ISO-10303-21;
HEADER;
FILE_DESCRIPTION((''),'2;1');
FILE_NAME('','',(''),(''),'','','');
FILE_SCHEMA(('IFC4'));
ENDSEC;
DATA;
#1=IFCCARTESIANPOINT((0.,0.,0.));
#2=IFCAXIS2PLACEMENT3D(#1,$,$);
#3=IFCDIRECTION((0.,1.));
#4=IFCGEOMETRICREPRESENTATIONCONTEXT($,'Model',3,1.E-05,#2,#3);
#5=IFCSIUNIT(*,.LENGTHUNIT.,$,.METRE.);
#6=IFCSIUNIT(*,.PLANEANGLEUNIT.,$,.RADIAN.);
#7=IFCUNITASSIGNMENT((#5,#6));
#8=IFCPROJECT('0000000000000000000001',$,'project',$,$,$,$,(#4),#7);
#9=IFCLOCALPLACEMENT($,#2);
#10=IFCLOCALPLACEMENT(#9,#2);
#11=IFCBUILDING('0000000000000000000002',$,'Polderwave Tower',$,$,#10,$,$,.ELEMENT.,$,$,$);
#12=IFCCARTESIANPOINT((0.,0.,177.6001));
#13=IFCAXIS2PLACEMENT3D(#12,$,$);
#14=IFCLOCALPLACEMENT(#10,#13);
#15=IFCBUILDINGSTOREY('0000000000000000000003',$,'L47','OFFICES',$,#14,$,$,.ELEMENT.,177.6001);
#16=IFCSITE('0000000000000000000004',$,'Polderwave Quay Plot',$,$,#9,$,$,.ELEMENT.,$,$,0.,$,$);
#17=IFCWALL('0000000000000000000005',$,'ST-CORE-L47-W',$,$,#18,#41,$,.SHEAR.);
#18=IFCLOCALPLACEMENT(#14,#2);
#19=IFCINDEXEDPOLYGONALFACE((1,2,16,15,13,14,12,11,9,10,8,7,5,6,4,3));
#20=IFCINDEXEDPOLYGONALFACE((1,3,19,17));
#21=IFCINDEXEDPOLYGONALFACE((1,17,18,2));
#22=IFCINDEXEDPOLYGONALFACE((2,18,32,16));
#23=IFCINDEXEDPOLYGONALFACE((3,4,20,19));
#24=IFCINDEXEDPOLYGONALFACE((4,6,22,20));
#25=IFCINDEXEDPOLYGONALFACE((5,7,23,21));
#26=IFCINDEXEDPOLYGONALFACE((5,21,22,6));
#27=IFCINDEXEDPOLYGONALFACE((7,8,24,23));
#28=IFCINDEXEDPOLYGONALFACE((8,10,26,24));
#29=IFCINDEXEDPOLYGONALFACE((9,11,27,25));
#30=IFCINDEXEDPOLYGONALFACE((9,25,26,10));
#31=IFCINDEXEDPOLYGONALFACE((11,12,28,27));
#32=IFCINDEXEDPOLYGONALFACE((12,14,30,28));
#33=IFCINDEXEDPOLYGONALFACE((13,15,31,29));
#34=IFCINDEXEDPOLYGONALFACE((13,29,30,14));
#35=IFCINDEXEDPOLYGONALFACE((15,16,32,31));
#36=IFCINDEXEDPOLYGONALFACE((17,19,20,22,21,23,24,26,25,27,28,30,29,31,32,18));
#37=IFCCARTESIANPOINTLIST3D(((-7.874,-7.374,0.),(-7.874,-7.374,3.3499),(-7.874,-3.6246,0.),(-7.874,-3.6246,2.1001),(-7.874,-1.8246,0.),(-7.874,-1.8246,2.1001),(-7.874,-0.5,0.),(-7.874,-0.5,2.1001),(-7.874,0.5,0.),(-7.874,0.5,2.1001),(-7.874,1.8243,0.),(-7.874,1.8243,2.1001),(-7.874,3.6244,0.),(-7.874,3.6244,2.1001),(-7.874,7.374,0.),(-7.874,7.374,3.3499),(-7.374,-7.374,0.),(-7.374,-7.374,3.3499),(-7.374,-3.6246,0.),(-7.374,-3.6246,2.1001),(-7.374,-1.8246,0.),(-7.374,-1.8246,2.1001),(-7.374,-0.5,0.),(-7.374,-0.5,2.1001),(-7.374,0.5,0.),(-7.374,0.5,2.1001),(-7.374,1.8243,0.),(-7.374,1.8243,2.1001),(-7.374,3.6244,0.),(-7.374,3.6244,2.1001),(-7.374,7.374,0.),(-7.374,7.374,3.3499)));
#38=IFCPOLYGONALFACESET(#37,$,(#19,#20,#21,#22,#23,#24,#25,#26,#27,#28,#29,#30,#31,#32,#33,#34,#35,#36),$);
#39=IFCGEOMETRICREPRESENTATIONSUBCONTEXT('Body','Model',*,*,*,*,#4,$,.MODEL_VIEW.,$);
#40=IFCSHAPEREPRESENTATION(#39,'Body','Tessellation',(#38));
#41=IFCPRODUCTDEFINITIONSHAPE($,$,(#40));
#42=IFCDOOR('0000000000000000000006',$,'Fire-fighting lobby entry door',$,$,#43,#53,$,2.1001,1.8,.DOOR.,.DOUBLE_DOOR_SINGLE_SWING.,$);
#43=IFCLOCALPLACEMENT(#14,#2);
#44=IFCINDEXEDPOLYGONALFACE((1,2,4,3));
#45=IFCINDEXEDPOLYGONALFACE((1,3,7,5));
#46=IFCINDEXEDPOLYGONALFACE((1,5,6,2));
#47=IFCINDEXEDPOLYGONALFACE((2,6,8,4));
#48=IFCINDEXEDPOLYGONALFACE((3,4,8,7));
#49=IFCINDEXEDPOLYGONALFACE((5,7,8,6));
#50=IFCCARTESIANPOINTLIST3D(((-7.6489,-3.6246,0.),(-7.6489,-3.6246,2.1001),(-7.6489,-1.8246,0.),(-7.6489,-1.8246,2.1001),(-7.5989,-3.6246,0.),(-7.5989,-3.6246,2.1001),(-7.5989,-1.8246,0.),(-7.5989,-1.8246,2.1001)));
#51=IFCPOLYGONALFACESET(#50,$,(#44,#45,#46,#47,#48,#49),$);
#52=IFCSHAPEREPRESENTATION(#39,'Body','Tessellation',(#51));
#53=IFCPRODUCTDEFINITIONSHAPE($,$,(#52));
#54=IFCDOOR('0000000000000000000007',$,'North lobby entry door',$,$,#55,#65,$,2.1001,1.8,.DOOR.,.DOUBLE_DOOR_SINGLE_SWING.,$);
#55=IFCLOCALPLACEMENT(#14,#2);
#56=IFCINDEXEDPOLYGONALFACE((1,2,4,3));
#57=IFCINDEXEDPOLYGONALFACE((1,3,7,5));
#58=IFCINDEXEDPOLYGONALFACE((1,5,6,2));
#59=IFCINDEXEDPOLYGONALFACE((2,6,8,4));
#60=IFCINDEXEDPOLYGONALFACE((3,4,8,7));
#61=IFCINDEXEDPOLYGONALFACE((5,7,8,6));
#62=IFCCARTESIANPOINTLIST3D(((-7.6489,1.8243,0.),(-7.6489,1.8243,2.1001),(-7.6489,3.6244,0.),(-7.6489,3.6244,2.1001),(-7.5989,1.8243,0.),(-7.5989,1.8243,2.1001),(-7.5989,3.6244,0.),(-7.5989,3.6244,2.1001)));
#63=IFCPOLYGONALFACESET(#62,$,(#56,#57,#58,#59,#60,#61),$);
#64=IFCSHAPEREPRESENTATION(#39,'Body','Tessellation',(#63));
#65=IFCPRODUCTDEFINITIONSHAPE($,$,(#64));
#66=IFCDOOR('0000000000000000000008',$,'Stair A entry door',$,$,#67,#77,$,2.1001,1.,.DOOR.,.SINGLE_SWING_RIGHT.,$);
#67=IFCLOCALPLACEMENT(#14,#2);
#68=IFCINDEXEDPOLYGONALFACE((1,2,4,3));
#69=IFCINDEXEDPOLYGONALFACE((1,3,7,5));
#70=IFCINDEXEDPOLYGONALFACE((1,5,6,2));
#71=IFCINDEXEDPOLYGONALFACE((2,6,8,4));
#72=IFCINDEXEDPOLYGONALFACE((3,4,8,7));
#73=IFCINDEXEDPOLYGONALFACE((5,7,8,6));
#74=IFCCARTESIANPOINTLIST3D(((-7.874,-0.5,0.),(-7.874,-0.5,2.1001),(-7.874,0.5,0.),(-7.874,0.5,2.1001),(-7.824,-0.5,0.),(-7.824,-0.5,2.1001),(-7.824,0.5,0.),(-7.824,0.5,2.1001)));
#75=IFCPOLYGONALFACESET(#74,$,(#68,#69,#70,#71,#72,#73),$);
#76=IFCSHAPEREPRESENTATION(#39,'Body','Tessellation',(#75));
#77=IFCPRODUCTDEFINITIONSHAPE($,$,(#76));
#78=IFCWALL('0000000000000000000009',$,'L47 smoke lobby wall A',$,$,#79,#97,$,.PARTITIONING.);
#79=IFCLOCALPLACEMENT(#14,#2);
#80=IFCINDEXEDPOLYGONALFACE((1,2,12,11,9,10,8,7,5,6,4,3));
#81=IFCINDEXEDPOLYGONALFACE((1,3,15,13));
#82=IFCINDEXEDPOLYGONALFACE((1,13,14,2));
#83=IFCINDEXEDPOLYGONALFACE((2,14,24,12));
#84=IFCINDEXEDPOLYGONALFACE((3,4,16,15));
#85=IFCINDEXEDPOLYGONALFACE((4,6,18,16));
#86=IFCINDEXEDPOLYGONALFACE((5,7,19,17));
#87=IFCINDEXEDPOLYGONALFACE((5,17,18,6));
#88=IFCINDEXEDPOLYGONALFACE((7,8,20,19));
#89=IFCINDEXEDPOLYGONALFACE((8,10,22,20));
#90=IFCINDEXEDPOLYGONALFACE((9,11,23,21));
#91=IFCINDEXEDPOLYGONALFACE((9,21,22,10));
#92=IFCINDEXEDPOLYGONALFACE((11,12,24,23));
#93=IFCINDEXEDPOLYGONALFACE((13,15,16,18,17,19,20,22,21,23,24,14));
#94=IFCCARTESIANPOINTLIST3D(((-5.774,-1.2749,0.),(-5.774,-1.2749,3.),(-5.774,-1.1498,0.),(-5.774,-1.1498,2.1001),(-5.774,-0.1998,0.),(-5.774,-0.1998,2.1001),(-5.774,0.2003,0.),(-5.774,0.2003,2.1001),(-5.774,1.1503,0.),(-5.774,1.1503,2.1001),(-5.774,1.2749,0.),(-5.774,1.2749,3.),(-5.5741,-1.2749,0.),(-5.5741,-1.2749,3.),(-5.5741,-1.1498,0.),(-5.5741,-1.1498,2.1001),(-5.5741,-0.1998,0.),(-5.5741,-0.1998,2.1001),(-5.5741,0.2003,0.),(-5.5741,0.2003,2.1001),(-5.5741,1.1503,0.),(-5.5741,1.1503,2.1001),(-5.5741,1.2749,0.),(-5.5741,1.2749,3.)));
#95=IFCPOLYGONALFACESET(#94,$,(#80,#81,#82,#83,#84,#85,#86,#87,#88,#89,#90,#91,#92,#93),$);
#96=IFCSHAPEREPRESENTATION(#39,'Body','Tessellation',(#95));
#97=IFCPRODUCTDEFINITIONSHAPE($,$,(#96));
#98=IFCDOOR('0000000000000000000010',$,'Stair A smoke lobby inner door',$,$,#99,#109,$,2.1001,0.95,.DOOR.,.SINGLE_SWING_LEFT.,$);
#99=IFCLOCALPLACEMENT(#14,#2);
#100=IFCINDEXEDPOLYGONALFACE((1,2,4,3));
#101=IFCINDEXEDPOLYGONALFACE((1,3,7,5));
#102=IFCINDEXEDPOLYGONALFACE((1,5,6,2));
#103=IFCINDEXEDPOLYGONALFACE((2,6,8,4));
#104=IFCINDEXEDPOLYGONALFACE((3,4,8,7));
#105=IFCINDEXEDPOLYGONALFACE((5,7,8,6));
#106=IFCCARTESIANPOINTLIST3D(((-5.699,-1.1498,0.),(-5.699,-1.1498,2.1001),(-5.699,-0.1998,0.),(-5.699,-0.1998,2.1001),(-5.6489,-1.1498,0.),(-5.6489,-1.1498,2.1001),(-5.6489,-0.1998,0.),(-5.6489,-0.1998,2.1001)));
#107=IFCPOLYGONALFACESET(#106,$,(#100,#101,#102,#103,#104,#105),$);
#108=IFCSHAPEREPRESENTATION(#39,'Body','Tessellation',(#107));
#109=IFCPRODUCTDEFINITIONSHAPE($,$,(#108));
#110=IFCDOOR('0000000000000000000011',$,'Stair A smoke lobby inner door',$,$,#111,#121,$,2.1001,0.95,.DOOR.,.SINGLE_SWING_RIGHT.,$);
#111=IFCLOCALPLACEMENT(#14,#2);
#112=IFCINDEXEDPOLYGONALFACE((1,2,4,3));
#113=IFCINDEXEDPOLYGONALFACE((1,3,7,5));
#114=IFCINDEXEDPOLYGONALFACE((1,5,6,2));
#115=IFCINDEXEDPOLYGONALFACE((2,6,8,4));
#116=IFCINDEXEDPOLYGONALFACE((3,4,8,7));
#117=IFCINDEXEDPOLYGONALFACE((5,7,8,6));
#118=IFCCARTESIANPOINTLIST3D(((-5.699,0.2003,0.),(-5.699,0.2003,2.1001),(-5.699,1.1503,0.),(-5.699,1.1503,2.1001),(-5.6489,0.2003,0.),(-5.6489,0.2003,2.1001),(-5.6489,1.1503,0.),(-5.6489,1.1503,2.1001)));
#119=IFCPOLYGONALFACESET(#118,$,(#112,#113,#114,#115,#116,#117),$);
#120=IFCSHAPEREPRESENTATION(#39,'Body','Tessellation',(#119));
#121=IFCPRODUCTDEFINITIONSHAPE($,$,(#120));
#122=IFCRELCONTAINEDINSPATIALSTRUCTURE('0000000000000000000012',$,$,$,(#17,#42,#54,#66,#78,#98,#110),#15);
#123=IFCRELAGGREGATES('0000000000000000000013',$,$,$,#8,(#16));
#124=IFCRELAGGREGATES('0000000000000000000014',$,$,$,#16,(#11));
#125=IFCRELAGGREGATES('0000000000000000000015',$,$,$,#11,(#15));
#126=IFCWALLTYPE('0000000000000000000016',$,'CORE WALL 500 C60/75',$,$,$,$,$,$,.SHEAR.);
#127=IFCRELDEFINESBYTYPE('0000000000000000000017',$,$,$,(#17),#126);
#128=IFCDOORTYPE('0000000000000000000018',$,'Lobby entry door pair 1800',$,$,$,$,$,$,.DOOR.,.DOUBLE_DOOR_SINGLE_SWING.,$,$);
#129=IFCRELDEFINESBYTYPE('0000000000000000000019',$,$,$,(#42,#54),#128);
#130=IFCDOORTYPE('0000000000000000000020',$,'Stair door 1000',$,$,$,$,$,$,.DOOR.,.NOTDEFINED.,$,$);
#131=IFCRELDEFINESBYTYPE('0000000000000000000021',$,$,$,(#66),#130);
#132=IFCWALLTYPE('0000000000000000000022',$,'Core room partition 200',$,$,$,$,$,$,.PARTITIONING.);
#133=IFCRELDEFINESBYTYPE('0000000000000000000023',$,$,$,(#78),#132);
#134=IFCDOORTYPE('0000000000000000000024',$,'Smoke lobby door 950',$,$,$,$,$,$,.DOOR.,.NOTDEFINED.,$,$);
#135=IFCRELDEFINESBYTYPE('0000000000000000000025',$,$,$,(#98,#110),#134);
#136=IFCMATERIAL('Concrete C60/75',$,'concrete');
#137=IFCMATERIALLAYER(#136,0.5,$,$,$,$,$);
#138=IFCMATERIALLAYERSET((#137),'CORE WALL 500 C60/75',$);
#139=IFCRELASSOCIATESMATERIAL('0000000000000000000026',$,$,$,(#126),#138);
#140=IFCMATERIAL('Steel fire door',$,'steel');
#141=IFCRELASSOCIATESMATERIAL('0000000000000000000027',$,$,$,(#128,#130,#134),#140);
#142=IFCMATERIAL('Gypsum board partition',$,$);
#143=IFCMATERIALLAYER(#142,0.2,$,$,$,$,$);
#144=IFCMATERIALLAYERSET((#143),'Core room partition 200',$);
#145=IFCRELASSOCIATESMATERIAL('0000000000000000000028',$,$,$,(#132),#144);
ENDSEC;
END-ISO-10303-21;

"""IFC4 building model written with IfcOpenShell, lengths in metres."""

from ifc_helpers import new_model, si_unit, direction, frame, frame_2d, origin, place, context, subcontext, project, spatial, rectangle, extrude, material, layer, layer_set, type_object, element, fill, save


model = new_model("IFC4")

# Units and contexts
model_context = context("Model", 3, precision=1e-05, world=origin(), true_north=direction((0.0, 1.0)))
body_context = subcontext(model_context, "Body", "Model", "MODEL_VIEW")
ifc_project = project(units=[si_unit("LENGTHUNIT", "METRE"), si_unit("PLANEANGLEUNIT", "RADIAN")], contexts=[model_context])

# Site, building, storey
site_placement = place(None, origin())
site = spatial("IfcSite", under=ifc_project, at=site_placement, Name="Polderwave Quay Plot", CompositionType="ELEMENT", RefElevation=0.0)
building_placement = place(site_placement, origin())
building = spatial("IfcBuilding", under=site, at=building_placement, Name="Polderwave Tower", CompositionType="ELEMENT")
storey_placement = place(building_placement, frame((0.0, 0.0, 177.6001)))
storey = spatial("IfcBuildingStorey", under=building, at=storey_placement, Name="L47", Description="OFFICES", CompositionType="ELEMENT", Elevation=177.6001)

# Walls, openings, doors
ifc_material_1 = material(Name="Concrete C60/75", Category="concrete")
ifc_layer_1 = layer(ifc_material_1, 0.5)
ifc_layer_set_1 = layer_set([ifc_layer_1], Name="CORE WALL 500 C60/75")
wall_type_1 = type_object("IfcWallType", Name="CORE WALL 500 C60/75", PredefinedType="SHEAR", material=ifc_layer_set_1)
wall_1_placement = place(storey_placement, frame((-7.624, -7.374, 0.0), z_axis=(0.0, 0.0, 1.0), x_axis=(0.0, 1.0, 0.0)))
wall_1 = element("IfcWall", 1, at=wall_1_placement, inside=storey, type_object=wall_type_1, Name="ST-CORE-L47-W", PredefinedType="SHEAR", context=body_context, shape_type="SweptSolid", body=[
    extrude(rectangle(XDim=14.748, YDim=0.5, at=frame_2d((7.374, 0.0))), origin(), (0.0, 0.0, 1.0), 3.3499),
])
opening_1_placement = place(wall_1_placement, frame((6.874, 0.0, 0.0)))
opening_1 = element("IfcOpeningElement", 2, at=opening_1_placement, cuts=wall_1, PredefinedType="OPENING", context=body_context, shape_type="SweptSolid", body=[
    extrude(rectangle(XDim=1.0, YDim=2.1001, at=frame_2d((0.5, 1.05))), frame((0.0, 0.26, 0.0), z_axis=(0.0, -1.0, 0.0), x_axis=(1.0, 0.0, 0.0)), (0.0, 0.0, 1.0), 0.52),
])
opening_2_placement = place(wall_1_placement, frame((3.7495, 0.0, 0.0)))
opening_2 = element("IfcOpeningElement", 3, at=opening_2_placement, cuts=wall_1, PredefinedType="OPENING", context=body_context, shape_type="SweptSolid", body=[
    extrude(rectangle(XDim=1.8, YDim=2.1001, at=frame_2d((0.8999, 1.05))), frame((0.0, 0.26, 0.0), z_axis=(0.0, -1.0, 0.0), x_axis=(1.0, 0.0, 0.0)), (0.0, 0.0, 1.0), 0.52),
])
opening_3_placement = place(wall_1_placement, frame((9.1985, 0.0, 0.0)))
opening_3 = element("IfcOpeningElement", 4, at=opening_3_placement, cuts=wall_1, PredefinedType="OPENING", context=body_context, shape_type="SweptSolid", body=[
    extrude(rectangle(XDim=1.8, YDim=2.1001, at=frame_2d((0.8999, 1.05))), frame((0.0, 0.26, 0.0), z_axis=(0.0, -1.0, 0.0), x_axis=(1.0, 0.0, 0.0)), (0.0, 0.0, 1.0), 0.52),
])
ifc_material_2 = material(Name="Steel fire door", Category="steel")
door_type_1 = type_object("IfcDoorType", Name="Lobby entry door pair 1800", OperationType="DOUBLE_DOOR_SINGLE_SWING", PredefinedType="DOOR", material=ifc_material_2)
door_1_placement = place(opening_2_placement, origin())
door_1 = element("IfcDoor", 5, at=door_1_placement, inside=storey, type_object=door_type_1, Name="Fire-fighting lobby entry door", OperationType="DOUBLE_DOOR_SINGLE_SWING", OverallHeight=2.1001, OverallWidth=1.8, PredefinedType="DOOR", context=body_context, shape_type="SweptSolid", body=[
    extrude(rectangle(XDim=1.8, YDim=2.1001, at=frame_2d((0.8999, 1.05))), frame((0.0, 0.0249, 0.0), z_axis=(0.0, -1.0, 0.0), x_axis=(1.0, 0.0, 0.0)), (0.0, 0.0, 1.0), 0.05),
])
fill(opening_2, door_1)
door_2_placement = place(opening_3_placement, origin())
door_2 = element("IfcDoor", 6, at=door_2_placement, inside=storey, type_object=door_type_1, Name="North lobby entry door", OperationType="DOUBLE_DOOR_SINGLE_SWING", OverallHeight=2.1001, OverallWidth=1.8, PredefinedType="DOOR", context=body_context, shape_type="SweptSolid", body=[
    extrude(rectangle(XDim=1.8, YDim=2.1001, at=frame_2d((0.8999, 1.05))), frame((0.0, 0.0249, 0.0), z_axis=(0.0, -1.0, 0.0), x_axis=(1.0, 0.0, 0.0)), (0.0, 0.0, 1.0), 0.05),
])
fill(opening_3, door_2)
door_type_2 = type_object("IfcDoorType", Name="Stair door 1000", OperationType="NOTDEFINED", PredefinedType="DOOR", material=ifc_material_2)
door_3_placement = place(opening_1_placement, origin())
door_3 = element("IfcDoor", 7, at=door_3_placement, inside=storey, type_object=door_type_2, Name="Stair A entry door", OperationType="SINGLE_SWING_RIGHT", OverallHeight=2.1001, OverallWidth=1.0, PredefinedType="DOOR", context=body_context, shape_type="SweptSolid", body=[
    extrude(rectangle(XDim=1.0, YDim=2.1001, at=frame_2d((0.5, 1.05))), frame((0.0, 0.25, 0.0), z_axis=(0.0, -1.0, 0.0), x_axis=(1.0, 0.0, 0.0)), (0.0, 0.0, 1.0), 0.05),
])
fill(opening_1, door_3)
ifc_material_3 = material(Name="Gypsum board partition")
ifc_layer_2 = layer(ifc_material_3, 0.2)
ifc_layer_set_2 = layer_set([ifc_layer_2], Name="Core room partition 200")
wall_type_2 = type_object("IfcWallType", Name="Core room partition 200", PredefinedType="PARTITIONING", material=ifc_layer_set_2)
wall_2_placement = place(storey_placement, frame((-5.6741, -1.2749, 0.0), z_axis=(0.0, 0.0, 1.0), x_axis=(0.0, 1.0, 0.0)))
wall_2 = element("IfcWall", 8, at=wall_2_placement, inside=storey, type_object=wall_type_2, Name="L47 smoke lobby wall A", PredefinedType="PARTITIONING", context=body_context, shape_type="SweptSolid", body=[
    extrude(rectangle(XDim=2.5498, YDim=0.2, at=frame_2d((1.2749, 0.0))), origin(), (0.0, 0.0, 1.0), 3.0),
])
opening_4_placement = place(wall_2_placement, frame((0.125, 0.0, 0.0)))
opening_4 = element("IfcOpeningElement", 9, at=opening_4_placement, cuts=wall_2, PredefinedType="OPENING", context=body_context, shape_type="SweptSolid", body=[
    extrude(rectangle(XDim=0.95, YDim=2.1001, at=frame_2d((0.4751, 1.05))), frame((0.0, 0.1099, 0.0), z_axis=(0.0, -1.0, 0.0), x_axis=(1.0, 0.0, 0.0)), (0.0, 0.0, 1.0), 0.22),
])
opening_5_placement = place(wall_2_placement, frame((1.4751, 0.0, 0.0)))
opening_5 = element("IfcOpeningElement", 10, at=opening_5_placement, cuts=wall_2, PredefinedType="OPENING", context=body_context, shape_type="SweptSolid", body=[
    extrude(rectangle(XDim=0.95, YDim=2.1001, at=frame_2d((0.4751, 1.05))), frame((0.0, 0.1099, 0.0), z_axis=(0.0, -1.0, 0.0), x_axis=(1.0, 0.0, 0.0)), (0.0, 0.0, 1.0), 0.22),
])
door_type_3 = type_object("IfcDoorType", Name="Smoke lobby door 950", OperationType="NOTDEFINED", PredefinedType="DOOR", material=ifc_material_2)
door_4_placement = place(opening_4_placement, origin())
door_4 = element("IfcDoor", 11, at=door_4_placement, inside=storey, type_object=door_type_3, Name="Stair A smoke lobby inner door", OperationType="SINGLE_SWING_LEFT", OverallHeight=2.1001, OverallWidth=0.95, PredefinedType="DOOR", context=body_context, shape_type="SweptSolid", body=[
    extrude(rectangle(XDim=0.95, YDim=2.1001, at=frame_2d((0.4751, 1.05))), frame((0.0, 0.0249, 0.0), z_axis=(0.0, -1.0, 0.0), x_axis=(1.0, 0.0, 0.0)), (0.0, 0.0, 1.0), 0.05),
])
fill(opening_4, door_4)
door_5_placement = place(opening_5_placement, origin())
door_5 = element("IfcDoor", 12, at=door_5_placement, inside=storey, type_object=door_type_3, Name="Stair A smoke lobby inner door", OperationType="SINGLE_SWING_RIGHT", OverallHeight=2.1001, OverallWidth=0.95, PredefinedType="DOOR", context=body_context, shape_type="SweptSolid", body=[
    extrude(rectangle(XDim=0.95, YDim=2.1001, at=frame_2d((0.4751, 1.05))), frame((0.0, 0.0249, 0.0), z_axis=(0.0, -1.0, 0.0), x_axis=(1.0, 0.0, 0.0)), (0.0, 0.0, 1.0), 0.05),
])
fill(opening_5, door_5)

save(model, "model.ifc")
